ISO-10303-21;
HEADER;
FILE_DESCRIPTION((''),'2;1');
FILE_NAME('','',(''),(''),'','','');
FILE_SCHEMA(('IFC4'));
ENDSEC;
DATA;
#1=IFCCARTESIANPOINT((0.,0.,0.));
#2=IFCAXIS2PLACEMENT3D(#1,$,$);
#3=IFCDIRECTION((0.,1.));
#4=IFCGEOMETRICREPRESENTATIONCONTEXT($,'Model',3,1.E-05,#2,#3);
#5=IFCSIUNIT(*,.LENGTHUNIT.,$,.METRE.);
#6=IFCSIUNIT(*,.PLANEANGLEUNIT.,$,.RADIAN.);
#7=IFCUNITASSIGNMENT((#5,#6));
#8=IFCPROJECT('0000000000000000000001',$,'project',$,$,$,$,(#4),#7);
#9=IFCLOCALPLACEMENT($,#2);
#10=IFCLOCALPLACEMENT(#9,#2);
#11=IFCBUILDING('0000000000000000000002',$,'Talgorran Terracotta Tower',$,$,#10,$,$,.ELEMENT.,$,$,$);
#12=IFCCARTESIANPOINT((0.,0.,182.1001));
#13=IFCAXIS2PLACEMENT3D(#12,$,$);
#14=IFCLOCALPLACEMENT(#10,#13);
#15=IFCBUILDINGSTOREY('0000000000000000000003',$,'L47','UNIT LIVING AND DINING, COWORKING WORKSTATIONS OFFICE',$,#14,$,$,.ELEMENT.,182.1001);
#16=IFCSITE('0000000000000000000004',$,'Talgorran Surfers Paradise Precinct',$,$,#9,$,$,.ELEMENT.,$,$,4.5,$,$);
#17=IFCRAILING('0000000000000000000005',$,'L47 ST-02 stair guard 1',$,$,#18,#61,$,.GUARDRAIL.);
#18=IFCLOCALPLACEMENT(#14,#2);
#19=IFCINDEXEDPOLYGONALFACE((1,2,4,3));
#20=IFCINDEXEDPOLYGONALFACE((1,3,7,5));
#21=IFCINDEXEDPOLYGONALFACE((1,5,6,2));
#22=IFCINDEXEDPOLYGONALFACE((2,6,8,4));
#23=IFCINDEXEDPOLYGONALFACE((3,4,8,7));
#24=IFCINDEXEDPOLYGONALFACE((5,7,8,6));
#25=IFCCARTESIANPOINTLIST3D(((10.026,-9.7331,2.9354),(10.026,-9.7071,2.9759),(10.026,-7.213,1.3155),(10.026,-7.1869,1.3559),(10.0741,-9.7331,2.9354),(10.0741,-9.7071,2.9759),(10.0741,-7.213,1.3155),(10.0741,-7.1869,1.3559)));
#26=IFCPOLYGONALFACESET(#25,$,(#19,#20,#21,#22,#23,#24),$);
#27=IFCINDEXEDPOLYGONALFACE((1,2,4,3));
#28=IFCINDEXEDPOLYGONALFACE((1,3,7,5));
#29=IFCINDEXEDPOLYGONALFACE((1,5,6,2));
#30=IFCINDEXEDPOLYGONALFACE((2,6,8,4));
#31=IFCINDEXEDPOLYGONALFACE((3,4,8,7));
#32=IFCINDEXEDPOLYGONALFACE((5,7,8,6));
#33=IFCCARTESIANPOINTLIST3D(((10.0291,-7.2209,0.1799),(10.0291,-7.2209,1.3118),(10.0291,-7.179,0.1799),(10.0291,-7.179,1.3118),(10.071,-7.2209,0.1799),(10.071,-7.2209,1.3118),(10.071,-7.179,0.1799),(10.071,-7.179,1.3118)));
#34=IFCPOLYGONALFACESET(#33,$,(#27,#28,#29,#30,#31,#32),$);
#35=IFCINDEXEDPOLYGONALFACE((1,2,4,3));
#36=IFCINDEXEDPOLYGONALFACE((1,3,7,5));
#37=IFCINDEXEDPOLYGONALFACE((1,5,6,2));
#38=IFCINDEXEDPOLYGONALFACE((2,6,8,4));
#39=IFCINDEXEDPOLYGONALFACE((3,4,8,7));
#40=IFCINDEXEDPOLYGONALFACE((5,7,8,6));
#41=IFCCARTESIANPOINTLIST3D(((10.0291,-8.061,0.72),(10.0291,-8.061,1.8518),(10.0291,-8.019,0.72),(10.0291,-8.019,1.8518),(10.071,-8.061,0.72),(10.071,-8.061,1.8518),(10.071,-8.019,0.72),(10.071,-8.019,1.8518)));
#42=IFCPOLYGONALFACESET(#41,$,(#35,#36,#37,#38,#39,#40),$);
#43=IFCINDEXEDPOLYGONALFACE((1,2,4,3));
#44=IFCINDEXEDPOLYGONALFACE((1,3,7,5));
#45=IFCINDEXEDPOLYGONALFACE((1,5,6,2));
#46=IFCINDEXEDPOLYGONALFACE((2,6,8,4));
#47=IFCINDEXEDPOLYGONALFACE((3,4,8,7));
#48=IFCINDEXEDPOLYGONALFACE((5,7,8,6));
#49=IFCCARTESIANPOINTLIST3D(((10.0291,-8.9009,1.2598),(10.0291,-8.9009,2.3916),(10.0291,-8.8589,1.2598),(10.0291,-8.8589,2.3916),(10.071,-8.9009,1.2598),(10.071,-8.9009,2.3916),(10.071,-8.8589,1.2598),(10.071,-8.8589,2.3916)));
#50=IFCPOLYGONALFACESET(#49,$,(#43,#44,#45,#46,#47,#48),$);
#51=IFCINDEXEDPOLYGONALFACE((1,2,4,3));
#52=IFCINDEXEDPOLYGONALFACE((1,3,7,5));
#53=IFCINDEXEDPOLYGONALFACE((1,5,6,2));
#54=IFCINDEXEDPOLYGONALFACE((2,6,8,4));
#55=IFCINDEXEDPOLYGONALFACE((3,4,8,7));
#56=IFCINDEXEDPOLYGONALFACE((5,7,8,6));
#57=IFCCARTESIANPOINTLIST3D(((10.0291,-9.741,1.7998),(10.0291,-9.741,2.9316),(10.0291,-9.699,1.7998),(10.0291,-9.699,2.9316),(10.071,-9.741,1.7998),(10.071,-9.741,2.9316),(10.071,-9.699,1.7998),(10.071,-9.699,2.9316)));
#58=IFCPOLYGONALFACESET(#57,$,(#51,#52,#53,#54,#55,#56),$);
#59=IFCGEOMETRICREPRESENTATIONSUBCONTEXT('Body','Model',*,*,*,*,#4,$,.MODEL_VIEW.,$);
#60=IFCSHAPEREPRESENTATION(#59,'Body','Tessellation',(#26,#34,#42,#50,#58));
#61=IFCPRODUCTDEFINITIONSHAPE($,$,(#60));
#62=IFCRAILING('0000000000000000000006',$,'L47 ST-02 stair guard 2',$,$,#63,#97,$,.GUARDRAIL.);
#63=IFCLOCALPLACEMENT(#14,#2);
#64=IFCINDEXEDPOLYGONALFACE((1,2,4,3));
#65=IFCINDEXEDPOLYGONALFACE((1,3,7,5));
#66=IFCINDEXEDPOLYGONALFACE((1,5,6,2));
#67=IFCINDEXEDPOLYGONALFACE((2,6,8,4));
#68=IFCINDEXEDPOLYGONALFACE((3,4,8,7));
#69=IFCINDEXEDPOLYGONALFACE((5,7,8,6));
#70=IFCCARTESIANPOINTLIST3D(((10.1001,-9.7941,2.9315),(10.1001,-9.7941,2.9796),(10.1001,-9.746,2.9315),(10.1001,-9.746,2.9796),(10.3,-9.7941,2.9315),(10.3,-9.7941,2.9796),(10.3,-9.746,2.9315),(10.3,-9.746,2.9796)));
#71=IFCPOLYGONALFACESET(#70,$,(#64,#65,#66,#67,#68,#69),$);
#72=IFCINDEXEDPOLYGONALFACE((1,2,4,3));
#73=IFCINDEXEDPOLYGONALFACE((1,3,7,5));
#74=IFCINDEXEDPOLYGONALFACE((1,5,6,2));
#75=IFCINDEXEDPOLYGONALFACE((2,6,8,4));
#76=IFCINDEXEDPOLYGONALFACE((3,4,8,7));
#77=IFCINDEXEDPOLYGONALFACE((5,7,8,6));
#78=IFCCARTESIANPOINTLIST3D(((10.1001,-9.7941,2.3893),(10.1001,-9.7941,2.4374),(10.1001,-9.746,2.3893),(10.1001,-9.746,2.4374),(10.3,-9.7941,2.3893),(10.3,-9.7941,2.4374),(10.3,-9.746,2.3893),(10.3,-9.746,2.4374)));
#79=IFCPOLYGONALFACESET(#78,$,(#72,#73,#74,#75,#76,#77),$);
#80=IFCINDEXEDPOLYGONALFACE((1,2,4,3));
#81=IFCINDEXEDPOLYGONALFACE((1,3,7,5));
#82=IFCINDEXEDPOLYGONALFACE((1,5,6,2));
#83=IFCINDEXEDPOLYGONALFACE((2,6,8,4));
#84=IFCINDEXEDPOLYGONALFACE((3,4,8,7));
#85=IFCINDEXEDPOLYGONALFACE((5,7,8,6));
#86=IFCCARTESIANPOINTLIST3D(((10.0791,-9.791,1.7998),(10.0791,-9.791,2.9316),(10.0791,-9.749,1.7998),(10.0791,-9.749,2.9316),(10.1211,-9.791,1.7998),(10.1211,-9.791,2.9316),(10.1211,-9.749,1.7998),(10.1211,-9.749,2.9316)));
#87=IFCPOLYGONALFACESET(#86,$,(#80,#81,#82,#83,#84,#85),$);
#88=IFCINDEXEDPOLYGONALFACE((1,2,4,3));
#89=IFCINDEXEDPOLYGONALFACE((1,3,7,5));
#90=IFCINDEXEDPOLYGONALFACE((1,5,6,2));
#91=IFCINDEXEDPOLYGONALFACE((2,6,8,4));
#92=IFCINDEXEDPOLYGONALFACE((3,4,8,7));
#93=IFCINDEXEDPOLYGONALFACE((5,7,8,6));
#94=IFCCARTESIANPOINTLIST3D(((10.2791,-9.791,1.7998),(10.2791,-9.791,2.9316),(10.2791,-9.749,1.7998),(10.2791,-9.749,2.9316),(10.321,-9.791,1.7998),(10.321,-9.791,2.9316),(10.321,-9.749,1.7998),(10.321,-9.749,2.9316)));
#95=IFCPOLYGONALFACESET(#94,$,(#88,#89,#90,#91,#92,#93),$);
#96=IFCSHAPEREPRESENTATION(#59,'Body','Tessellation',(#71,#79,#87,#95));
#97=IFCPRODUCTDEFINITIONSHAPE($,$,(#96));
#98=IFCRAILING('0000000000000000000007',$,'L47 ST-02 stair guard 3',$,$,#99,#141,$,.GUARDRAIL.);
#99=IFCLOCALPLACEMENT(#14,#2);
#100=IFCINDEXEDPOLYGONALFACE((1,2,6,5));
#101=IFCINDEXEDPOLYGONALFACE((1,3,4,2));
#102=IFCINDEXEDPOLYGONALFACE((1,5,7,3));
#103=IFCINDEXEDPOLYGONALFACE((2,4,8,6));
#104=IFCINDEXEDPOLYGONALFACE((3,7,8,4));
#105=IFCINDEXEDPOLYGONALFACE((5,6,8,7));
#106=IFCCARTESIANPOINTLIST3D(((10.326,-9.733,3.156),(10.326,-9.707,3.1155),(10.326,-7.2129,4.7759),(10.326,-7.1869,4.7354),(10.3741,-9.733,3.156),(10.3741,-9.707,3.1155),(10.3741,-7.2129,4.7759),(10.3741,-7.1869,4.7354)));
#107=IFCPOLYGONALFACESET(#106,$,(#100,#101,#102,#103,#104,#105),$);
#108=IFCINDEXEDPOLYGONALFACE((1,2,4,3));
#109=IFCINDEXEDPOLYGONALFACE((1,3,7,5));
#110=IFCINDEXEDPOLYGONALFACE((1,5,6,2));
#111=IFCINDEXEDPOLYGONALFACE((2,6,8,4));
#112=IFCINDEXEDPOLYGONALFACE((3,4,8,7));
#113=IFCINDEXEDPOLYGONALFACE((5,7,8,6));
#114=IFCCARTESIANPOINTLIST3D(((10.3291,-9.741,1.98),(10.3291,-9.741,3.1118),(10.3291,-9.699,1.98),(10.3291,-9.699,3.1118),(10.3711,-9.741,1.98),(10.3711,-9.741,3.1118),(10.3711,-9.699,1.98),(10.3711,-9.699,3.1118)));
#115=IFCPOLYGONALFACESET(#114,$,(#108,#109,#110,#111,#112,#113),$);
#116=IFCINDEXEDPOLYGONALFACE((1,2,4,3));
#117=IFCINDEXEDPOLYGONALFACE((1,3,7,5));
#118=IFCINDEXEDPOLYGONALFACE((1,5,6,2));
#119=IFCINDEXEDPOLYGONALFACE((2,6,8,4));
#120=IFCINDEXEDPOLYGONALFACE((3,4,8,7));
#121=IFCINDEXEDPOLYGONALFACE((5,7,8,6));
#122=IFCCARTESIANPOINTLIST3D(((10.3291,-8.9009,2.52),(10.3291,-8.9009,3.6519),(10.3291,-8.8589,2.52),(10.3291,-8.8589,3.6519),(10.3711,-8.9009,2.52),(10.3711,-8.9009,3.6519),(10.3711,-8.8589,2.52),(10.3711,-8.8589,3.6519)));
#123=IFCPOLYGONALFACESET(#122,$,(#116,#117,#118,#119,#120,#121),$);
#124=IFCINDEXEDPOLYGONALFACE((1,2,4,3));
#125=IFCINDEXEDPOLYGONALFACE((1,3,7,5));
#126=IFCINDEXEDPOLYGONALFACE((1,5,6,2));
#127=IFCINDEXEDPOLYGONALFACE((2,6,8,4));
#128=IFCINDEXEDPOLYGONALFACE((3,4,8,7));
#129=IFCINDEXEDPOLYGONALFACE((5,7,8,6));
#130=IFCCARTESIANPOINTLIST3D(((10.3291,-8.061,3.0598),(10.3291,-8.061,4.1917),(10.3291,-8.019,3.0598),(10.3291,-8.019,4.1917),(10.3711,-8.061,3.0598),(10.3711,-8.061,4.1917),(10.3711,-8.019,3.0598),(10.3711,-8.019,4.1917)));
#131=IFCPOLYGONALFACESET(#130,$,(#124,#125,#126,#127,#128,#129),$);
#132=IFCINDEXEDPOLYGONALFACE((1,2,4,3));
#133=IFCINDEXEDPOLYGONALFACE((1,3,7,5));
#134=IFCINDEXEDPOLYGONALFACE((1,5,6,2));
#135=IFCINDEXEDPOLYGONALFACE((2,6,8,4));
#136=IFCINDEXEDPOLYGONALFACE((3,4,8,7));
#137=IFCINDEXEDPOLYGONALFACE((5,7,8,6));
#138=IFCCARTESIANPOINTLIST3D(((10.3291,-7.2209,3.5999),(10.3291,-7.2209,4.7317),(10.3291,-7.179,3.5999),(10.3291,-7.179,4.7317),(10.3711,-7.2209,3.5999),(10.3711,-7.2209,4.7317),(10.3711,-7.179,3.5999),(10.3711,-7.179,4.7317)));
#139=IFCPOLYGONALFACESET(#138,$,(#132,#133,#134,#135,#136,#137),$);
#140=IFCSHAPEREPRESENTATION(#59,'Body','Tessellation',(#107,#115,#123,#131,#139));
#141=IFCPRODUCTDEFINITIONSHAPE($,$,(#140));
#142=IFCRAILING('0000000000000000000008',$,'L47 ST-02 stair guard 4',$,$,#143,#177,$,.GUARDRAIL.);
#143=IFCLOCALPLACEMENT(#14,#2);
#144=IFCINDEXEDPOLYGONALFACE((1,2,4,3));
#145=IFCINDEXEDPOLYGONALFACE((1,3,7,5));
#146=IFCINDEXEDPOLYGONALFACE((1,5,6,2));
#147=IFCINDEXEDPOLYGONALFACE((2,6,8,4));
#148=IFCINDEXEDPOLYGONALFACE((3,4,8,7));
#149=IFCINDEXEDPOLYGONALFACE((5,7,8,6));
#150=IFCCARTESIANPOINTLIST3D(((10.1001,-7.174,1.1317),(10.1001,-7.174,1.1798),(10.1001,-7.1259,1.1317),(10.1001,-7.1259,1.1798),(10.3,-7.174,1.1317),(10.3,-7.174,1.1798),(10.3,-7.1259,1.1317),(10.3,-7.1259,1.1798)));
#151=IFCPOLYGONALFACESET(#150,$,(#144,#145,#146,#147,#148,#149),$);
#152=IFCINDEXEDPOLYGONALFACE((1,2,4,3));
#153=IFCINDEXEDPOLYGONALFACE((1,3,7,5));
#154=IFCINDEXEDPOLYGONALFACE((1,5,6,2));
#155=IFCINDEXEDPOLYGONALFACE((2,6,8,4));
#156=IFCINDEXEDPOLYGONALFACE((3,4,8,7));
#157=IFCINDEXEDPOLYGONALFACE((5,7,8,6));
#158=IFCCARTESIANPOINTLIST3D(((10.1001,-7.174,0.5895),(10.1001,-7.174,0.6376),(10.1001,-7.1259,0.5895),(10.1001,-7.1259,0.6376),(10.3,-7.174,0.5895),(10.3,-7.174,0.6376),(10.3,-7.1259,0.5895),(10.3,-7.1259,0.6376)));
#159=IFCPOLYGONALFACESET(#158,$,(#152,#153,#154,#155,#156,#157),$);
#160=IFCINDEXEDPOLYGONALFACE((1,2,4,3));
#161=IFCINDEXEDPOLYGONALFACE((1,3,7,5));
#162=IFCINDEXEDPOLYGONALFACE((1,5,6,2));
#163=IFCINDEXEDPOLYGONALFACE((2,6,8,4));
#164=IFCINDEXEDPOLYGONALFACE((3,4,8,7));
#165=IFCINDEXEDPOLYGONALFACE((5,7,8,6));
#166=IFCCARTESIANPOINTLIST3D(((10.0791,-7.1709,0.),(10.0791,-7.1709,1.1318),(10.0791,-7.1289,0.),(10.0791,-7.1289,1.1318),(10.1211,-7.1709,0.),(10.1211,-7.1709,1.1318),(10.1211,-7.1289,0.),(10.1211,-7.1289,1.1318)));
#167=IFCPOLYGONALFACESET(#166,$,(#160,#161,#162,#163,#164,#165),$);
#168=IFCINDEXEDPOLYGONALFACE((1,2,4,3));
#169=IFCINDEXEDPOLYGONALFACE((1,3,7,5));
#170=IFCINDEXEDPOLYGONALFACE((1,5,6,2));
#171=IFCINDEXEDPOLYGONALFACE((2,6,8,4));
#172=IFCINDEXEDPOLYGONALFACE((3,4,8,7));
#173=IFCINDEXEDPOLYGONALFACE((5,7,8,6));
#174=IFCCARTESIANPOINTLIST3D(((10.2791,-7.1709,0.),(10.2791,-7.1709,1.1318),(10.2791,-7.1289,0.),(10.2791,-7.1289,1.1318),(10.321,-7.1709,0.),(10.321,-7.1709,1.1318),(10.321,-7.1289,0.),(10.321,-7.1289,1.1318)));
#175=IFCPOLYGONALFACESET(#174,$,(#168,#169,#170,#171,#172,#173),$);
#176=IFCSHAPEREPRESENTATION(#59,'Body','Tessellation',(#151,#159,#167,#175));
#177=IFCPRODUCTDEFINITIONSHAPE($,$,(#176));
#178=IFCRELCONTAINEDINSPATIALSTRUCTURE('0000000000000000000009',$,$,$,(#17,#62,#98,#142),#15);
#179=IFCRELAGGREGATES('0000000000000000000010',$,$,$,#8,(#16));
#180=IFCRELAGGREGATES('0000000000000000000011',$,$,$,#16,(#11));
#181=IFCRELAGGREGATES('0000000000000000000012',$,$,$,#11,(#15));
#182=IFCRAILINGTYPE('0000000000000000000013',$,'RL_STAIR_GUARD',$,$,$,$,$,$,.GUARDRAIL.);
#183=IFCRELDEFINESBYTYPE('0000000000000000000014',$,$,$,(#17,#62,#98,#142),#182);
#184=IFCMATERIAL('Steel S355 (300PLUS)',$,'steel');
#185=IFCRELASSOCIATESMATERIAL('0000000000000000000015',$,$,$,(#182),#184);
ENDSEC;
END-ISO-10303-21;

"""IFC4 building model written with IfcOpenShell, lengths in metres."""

from ifc_helpers import new_model, si_unit, direction, frame, origin, origin_2d, place, context, subcontext, project, spatial, rectangle, extrude, material, type_object, element, save


model = new_model("IFC4")

# Units and contexts
model_context = context("Model", 3, precision=1e-05, world=origin(), true_north=direction((0.0, 1.0)))
body_context = subcontext(model_context, "Body", "Model", "MODEL_VIEW")
ifc_project = project(units=[si_unit("LENGTHUNIT", "METRE"), si_unit("PLANEANGLEUNIT", "RADIAN")], contexts=[model_context])

# Site, building, storey
site_placement = place(None, origin())
site = spatial("IfcSite", under=ifc_project, at=site_placement, Name="Talgorran Surfers Paradise Precinct", CompositionType="ELEMENT", RefElevation=4.5)
building_placement = place(site_placement, origin())
building = spatial("IfcBuilding", under=site, at=building_placement, Name="Talgorran Terracotta Tower", CompositionType="ELEMENT")
storey_placement = place(building_placement, frame((0.0, 0.0, 182.1001)))
storey = spatial("IfcBuildingStorey", under=building, at=storey_placement, Name="L47", Description="UNIT LIVING AND DINING, COWORKING WORKSTATIONS OFFICE", CompositionType="ELEMENT", Elevation=182.1001)

# Shared definitions
ifc_material_1 = material(Name="Steel S355 (300PLUS)", Category="steel")

# Railings
railing_type_1 = type_object("IfcRailingType", Name="RL_STAIR_GUARD", PredefinedType="GUARDRAIL", material=ifc_material_1)
railing_1_placement = place(storey_placement, frame((10.05, -7.2, 0.1799)))
element("IfcRailing", 1, at=railing_1_placement, inside=storey, type_object=railing_type_1, Name="L47 ST-02 stair guard 1", PredefinedType="GUARDRAIL", context=body_context, shape_type="SweptSolid", body=[
    extrude(rectangle(XDim=0.0481, YDim=0.0481, at=origin_2d()), frame((0.0, 0.0, 1.1558), z_axis=(0.0, -0.8412, 0.540725), x_axis=(1.0, 0.0, 0.0)), (0.0, 0.0, 1.0), 2.9958),
    extrude(rectangle(XDim=0.042, YDim=0.042, at=origin_2d()), origin(), (0.0, 0.0, 1.0), 1.1318),
    extrude(rectangle(XDim=0.042, YDim=0.042, at=origin_2d()), frame((0.0, -0.8401, 0.54)), (0.0, 0.0, 1.0), 1.1318),
    extrude(rectangle(XDim=0.042, YDim=0.042, at=origin_2d()), frame((0.0, -1.6799, 1.0798)), (0.0, 0.0, 1.0), 1.1318),
    extrude(rectangle(XDim=0.042, YDim=0.042, at=origin_2d()), frame((0.0, -2.52, 1.6199)), (0.0, 0.0, 1.0), 1.1318),
])
railing_2_placement = place(storey_placement, frame((10.1001, -9.77, 1.7998)))
element("IfcRailing", 2, at=railing_2_placement, inside=storey, type_object=railing_type_1, Name="L47 ST-02 stair guard 2", PredefinedType="GUARDRAIL", context=body_context, shape_type="SweptSolid", body=[
    extrude(rectangle(XDim=0.0481, YDim=0.0481, at=origin_2d()), frame((0.0, 0.0, 1.1558), z_axis=(1.0, 0.0, 0.0), x_axis=(0.0, 1.0, 0.0)), (0.0, 0.0, 1.0), 0.2),
    extrude(rectangle(XDim=0.0481, YDim=0.0481, at=origin_2d()), frame((0.0, 0.0, 0.6135), z_axis=(1.0, 0.0, 0.0), x_axis=(0.0, 1.0, 0.0)), (0.0, 0.0, 1.0), 0.2),
    extrude(rectangle(XDim=0.042, YDim=0.042, at=origin_2d()), origin(), (0.0, 0.0, 1.0), 1.1318),
    extrude(rectangle(XDim=0.042, YDim=0.042, at=origin_2d()), frame((0.2, 0.0, 0.0)), (0.0, 0.0, 1.0), 1.1318),
])
railing_3_placement = place(storey_placement, frame((10.3501, -9.72, 1.98)))
element("IfcRailing", 3, at=railing_3_placement, inside=storey, type_object=railing_type_1, Name="L47 ST-02 stair guard 3", PredefinedType="GUARDRAIL", context=body_context, shape_type="SweptSolid", body=[
    extrude(rectangle(XDim=0.0481, YDim=0.0481, at=origin_2d()), frame((0.0, 0.0, 1.1558), z_axis=(0.0, 0.8412, 0.540725), x_axis=(-1.0, 0.0, 0.0)), (0.0, 0.0, 1.0), 2.9958),
    extrude(rectangle(XDim=0.042, YDim=0.042, at=origin_2d()), origin(), (0.0, 0.0, 1.0), 1.1318),
    extrude(rectangle(XDim=0.042, YDim=0.042, at=origin_2d()), frame((0.0, 0.8401, 0.54)), (0.0, 0.0, 1.0), 1.1318),
    extrude(rectangle(XDim=0.042, YDim=0.042, at=origin_2d()), frame((0.0, 1.6799, 1.0798)), (0.0, 0.0, 1.0), 1.1318),
    extrude(rectangle(XDim=0.042, YDim=0.042, at=origin_2d()), frame((0.0, 2.52, 1.6199)), (0.0, 0.0, 1.0), 1.1318),
])
railing_4_placement = place(storey_placement, frame((10.1001, -7.1499, 0.0)))
element("IfcRailing", 4, at=railing_4_placement, inside=storey, type_object=railing_type_1, Name="L47 ST-02 stair guard 4", PredefinedType="GUARDRAIL", context=body_context, shape_type="SweptSolid", body=[
    extrude(rectangle(XDim=0.0481, YDim=0.0481, at=origin_2d()), frame((0.0, 0.0, 1.1558), z_axis=(1.0, 0.0, 0.0), x_axis=(0.0, 1.0, 0.0)), (0.0, 0.0, 1.0), 0.2),
    extrude(rectangle(XDim=0.0481, YDim=0.0481, at=origin_2d()), frame((0.0, 0.0, 0.6135), z_axis=(1.0, 0.0, 0.0), x_axis=(0.0, 1.0, 0.0)), (0.0, 0.0, 1.0), 0.2),
    extrude(rectangle(XDim=0.042, YDim=0.042, at=origin_2d()), origin(), (0.0, 0.0, 1.0), 1.1318),
    extrude(rectangle(XDim=0.042, YDim=0.042, at=origin_2d()), frame((0.2, 0.0, 0.0)), (0.0, 0.0, 1.0), 1.1318),
])

save(model, "model.ifc")
